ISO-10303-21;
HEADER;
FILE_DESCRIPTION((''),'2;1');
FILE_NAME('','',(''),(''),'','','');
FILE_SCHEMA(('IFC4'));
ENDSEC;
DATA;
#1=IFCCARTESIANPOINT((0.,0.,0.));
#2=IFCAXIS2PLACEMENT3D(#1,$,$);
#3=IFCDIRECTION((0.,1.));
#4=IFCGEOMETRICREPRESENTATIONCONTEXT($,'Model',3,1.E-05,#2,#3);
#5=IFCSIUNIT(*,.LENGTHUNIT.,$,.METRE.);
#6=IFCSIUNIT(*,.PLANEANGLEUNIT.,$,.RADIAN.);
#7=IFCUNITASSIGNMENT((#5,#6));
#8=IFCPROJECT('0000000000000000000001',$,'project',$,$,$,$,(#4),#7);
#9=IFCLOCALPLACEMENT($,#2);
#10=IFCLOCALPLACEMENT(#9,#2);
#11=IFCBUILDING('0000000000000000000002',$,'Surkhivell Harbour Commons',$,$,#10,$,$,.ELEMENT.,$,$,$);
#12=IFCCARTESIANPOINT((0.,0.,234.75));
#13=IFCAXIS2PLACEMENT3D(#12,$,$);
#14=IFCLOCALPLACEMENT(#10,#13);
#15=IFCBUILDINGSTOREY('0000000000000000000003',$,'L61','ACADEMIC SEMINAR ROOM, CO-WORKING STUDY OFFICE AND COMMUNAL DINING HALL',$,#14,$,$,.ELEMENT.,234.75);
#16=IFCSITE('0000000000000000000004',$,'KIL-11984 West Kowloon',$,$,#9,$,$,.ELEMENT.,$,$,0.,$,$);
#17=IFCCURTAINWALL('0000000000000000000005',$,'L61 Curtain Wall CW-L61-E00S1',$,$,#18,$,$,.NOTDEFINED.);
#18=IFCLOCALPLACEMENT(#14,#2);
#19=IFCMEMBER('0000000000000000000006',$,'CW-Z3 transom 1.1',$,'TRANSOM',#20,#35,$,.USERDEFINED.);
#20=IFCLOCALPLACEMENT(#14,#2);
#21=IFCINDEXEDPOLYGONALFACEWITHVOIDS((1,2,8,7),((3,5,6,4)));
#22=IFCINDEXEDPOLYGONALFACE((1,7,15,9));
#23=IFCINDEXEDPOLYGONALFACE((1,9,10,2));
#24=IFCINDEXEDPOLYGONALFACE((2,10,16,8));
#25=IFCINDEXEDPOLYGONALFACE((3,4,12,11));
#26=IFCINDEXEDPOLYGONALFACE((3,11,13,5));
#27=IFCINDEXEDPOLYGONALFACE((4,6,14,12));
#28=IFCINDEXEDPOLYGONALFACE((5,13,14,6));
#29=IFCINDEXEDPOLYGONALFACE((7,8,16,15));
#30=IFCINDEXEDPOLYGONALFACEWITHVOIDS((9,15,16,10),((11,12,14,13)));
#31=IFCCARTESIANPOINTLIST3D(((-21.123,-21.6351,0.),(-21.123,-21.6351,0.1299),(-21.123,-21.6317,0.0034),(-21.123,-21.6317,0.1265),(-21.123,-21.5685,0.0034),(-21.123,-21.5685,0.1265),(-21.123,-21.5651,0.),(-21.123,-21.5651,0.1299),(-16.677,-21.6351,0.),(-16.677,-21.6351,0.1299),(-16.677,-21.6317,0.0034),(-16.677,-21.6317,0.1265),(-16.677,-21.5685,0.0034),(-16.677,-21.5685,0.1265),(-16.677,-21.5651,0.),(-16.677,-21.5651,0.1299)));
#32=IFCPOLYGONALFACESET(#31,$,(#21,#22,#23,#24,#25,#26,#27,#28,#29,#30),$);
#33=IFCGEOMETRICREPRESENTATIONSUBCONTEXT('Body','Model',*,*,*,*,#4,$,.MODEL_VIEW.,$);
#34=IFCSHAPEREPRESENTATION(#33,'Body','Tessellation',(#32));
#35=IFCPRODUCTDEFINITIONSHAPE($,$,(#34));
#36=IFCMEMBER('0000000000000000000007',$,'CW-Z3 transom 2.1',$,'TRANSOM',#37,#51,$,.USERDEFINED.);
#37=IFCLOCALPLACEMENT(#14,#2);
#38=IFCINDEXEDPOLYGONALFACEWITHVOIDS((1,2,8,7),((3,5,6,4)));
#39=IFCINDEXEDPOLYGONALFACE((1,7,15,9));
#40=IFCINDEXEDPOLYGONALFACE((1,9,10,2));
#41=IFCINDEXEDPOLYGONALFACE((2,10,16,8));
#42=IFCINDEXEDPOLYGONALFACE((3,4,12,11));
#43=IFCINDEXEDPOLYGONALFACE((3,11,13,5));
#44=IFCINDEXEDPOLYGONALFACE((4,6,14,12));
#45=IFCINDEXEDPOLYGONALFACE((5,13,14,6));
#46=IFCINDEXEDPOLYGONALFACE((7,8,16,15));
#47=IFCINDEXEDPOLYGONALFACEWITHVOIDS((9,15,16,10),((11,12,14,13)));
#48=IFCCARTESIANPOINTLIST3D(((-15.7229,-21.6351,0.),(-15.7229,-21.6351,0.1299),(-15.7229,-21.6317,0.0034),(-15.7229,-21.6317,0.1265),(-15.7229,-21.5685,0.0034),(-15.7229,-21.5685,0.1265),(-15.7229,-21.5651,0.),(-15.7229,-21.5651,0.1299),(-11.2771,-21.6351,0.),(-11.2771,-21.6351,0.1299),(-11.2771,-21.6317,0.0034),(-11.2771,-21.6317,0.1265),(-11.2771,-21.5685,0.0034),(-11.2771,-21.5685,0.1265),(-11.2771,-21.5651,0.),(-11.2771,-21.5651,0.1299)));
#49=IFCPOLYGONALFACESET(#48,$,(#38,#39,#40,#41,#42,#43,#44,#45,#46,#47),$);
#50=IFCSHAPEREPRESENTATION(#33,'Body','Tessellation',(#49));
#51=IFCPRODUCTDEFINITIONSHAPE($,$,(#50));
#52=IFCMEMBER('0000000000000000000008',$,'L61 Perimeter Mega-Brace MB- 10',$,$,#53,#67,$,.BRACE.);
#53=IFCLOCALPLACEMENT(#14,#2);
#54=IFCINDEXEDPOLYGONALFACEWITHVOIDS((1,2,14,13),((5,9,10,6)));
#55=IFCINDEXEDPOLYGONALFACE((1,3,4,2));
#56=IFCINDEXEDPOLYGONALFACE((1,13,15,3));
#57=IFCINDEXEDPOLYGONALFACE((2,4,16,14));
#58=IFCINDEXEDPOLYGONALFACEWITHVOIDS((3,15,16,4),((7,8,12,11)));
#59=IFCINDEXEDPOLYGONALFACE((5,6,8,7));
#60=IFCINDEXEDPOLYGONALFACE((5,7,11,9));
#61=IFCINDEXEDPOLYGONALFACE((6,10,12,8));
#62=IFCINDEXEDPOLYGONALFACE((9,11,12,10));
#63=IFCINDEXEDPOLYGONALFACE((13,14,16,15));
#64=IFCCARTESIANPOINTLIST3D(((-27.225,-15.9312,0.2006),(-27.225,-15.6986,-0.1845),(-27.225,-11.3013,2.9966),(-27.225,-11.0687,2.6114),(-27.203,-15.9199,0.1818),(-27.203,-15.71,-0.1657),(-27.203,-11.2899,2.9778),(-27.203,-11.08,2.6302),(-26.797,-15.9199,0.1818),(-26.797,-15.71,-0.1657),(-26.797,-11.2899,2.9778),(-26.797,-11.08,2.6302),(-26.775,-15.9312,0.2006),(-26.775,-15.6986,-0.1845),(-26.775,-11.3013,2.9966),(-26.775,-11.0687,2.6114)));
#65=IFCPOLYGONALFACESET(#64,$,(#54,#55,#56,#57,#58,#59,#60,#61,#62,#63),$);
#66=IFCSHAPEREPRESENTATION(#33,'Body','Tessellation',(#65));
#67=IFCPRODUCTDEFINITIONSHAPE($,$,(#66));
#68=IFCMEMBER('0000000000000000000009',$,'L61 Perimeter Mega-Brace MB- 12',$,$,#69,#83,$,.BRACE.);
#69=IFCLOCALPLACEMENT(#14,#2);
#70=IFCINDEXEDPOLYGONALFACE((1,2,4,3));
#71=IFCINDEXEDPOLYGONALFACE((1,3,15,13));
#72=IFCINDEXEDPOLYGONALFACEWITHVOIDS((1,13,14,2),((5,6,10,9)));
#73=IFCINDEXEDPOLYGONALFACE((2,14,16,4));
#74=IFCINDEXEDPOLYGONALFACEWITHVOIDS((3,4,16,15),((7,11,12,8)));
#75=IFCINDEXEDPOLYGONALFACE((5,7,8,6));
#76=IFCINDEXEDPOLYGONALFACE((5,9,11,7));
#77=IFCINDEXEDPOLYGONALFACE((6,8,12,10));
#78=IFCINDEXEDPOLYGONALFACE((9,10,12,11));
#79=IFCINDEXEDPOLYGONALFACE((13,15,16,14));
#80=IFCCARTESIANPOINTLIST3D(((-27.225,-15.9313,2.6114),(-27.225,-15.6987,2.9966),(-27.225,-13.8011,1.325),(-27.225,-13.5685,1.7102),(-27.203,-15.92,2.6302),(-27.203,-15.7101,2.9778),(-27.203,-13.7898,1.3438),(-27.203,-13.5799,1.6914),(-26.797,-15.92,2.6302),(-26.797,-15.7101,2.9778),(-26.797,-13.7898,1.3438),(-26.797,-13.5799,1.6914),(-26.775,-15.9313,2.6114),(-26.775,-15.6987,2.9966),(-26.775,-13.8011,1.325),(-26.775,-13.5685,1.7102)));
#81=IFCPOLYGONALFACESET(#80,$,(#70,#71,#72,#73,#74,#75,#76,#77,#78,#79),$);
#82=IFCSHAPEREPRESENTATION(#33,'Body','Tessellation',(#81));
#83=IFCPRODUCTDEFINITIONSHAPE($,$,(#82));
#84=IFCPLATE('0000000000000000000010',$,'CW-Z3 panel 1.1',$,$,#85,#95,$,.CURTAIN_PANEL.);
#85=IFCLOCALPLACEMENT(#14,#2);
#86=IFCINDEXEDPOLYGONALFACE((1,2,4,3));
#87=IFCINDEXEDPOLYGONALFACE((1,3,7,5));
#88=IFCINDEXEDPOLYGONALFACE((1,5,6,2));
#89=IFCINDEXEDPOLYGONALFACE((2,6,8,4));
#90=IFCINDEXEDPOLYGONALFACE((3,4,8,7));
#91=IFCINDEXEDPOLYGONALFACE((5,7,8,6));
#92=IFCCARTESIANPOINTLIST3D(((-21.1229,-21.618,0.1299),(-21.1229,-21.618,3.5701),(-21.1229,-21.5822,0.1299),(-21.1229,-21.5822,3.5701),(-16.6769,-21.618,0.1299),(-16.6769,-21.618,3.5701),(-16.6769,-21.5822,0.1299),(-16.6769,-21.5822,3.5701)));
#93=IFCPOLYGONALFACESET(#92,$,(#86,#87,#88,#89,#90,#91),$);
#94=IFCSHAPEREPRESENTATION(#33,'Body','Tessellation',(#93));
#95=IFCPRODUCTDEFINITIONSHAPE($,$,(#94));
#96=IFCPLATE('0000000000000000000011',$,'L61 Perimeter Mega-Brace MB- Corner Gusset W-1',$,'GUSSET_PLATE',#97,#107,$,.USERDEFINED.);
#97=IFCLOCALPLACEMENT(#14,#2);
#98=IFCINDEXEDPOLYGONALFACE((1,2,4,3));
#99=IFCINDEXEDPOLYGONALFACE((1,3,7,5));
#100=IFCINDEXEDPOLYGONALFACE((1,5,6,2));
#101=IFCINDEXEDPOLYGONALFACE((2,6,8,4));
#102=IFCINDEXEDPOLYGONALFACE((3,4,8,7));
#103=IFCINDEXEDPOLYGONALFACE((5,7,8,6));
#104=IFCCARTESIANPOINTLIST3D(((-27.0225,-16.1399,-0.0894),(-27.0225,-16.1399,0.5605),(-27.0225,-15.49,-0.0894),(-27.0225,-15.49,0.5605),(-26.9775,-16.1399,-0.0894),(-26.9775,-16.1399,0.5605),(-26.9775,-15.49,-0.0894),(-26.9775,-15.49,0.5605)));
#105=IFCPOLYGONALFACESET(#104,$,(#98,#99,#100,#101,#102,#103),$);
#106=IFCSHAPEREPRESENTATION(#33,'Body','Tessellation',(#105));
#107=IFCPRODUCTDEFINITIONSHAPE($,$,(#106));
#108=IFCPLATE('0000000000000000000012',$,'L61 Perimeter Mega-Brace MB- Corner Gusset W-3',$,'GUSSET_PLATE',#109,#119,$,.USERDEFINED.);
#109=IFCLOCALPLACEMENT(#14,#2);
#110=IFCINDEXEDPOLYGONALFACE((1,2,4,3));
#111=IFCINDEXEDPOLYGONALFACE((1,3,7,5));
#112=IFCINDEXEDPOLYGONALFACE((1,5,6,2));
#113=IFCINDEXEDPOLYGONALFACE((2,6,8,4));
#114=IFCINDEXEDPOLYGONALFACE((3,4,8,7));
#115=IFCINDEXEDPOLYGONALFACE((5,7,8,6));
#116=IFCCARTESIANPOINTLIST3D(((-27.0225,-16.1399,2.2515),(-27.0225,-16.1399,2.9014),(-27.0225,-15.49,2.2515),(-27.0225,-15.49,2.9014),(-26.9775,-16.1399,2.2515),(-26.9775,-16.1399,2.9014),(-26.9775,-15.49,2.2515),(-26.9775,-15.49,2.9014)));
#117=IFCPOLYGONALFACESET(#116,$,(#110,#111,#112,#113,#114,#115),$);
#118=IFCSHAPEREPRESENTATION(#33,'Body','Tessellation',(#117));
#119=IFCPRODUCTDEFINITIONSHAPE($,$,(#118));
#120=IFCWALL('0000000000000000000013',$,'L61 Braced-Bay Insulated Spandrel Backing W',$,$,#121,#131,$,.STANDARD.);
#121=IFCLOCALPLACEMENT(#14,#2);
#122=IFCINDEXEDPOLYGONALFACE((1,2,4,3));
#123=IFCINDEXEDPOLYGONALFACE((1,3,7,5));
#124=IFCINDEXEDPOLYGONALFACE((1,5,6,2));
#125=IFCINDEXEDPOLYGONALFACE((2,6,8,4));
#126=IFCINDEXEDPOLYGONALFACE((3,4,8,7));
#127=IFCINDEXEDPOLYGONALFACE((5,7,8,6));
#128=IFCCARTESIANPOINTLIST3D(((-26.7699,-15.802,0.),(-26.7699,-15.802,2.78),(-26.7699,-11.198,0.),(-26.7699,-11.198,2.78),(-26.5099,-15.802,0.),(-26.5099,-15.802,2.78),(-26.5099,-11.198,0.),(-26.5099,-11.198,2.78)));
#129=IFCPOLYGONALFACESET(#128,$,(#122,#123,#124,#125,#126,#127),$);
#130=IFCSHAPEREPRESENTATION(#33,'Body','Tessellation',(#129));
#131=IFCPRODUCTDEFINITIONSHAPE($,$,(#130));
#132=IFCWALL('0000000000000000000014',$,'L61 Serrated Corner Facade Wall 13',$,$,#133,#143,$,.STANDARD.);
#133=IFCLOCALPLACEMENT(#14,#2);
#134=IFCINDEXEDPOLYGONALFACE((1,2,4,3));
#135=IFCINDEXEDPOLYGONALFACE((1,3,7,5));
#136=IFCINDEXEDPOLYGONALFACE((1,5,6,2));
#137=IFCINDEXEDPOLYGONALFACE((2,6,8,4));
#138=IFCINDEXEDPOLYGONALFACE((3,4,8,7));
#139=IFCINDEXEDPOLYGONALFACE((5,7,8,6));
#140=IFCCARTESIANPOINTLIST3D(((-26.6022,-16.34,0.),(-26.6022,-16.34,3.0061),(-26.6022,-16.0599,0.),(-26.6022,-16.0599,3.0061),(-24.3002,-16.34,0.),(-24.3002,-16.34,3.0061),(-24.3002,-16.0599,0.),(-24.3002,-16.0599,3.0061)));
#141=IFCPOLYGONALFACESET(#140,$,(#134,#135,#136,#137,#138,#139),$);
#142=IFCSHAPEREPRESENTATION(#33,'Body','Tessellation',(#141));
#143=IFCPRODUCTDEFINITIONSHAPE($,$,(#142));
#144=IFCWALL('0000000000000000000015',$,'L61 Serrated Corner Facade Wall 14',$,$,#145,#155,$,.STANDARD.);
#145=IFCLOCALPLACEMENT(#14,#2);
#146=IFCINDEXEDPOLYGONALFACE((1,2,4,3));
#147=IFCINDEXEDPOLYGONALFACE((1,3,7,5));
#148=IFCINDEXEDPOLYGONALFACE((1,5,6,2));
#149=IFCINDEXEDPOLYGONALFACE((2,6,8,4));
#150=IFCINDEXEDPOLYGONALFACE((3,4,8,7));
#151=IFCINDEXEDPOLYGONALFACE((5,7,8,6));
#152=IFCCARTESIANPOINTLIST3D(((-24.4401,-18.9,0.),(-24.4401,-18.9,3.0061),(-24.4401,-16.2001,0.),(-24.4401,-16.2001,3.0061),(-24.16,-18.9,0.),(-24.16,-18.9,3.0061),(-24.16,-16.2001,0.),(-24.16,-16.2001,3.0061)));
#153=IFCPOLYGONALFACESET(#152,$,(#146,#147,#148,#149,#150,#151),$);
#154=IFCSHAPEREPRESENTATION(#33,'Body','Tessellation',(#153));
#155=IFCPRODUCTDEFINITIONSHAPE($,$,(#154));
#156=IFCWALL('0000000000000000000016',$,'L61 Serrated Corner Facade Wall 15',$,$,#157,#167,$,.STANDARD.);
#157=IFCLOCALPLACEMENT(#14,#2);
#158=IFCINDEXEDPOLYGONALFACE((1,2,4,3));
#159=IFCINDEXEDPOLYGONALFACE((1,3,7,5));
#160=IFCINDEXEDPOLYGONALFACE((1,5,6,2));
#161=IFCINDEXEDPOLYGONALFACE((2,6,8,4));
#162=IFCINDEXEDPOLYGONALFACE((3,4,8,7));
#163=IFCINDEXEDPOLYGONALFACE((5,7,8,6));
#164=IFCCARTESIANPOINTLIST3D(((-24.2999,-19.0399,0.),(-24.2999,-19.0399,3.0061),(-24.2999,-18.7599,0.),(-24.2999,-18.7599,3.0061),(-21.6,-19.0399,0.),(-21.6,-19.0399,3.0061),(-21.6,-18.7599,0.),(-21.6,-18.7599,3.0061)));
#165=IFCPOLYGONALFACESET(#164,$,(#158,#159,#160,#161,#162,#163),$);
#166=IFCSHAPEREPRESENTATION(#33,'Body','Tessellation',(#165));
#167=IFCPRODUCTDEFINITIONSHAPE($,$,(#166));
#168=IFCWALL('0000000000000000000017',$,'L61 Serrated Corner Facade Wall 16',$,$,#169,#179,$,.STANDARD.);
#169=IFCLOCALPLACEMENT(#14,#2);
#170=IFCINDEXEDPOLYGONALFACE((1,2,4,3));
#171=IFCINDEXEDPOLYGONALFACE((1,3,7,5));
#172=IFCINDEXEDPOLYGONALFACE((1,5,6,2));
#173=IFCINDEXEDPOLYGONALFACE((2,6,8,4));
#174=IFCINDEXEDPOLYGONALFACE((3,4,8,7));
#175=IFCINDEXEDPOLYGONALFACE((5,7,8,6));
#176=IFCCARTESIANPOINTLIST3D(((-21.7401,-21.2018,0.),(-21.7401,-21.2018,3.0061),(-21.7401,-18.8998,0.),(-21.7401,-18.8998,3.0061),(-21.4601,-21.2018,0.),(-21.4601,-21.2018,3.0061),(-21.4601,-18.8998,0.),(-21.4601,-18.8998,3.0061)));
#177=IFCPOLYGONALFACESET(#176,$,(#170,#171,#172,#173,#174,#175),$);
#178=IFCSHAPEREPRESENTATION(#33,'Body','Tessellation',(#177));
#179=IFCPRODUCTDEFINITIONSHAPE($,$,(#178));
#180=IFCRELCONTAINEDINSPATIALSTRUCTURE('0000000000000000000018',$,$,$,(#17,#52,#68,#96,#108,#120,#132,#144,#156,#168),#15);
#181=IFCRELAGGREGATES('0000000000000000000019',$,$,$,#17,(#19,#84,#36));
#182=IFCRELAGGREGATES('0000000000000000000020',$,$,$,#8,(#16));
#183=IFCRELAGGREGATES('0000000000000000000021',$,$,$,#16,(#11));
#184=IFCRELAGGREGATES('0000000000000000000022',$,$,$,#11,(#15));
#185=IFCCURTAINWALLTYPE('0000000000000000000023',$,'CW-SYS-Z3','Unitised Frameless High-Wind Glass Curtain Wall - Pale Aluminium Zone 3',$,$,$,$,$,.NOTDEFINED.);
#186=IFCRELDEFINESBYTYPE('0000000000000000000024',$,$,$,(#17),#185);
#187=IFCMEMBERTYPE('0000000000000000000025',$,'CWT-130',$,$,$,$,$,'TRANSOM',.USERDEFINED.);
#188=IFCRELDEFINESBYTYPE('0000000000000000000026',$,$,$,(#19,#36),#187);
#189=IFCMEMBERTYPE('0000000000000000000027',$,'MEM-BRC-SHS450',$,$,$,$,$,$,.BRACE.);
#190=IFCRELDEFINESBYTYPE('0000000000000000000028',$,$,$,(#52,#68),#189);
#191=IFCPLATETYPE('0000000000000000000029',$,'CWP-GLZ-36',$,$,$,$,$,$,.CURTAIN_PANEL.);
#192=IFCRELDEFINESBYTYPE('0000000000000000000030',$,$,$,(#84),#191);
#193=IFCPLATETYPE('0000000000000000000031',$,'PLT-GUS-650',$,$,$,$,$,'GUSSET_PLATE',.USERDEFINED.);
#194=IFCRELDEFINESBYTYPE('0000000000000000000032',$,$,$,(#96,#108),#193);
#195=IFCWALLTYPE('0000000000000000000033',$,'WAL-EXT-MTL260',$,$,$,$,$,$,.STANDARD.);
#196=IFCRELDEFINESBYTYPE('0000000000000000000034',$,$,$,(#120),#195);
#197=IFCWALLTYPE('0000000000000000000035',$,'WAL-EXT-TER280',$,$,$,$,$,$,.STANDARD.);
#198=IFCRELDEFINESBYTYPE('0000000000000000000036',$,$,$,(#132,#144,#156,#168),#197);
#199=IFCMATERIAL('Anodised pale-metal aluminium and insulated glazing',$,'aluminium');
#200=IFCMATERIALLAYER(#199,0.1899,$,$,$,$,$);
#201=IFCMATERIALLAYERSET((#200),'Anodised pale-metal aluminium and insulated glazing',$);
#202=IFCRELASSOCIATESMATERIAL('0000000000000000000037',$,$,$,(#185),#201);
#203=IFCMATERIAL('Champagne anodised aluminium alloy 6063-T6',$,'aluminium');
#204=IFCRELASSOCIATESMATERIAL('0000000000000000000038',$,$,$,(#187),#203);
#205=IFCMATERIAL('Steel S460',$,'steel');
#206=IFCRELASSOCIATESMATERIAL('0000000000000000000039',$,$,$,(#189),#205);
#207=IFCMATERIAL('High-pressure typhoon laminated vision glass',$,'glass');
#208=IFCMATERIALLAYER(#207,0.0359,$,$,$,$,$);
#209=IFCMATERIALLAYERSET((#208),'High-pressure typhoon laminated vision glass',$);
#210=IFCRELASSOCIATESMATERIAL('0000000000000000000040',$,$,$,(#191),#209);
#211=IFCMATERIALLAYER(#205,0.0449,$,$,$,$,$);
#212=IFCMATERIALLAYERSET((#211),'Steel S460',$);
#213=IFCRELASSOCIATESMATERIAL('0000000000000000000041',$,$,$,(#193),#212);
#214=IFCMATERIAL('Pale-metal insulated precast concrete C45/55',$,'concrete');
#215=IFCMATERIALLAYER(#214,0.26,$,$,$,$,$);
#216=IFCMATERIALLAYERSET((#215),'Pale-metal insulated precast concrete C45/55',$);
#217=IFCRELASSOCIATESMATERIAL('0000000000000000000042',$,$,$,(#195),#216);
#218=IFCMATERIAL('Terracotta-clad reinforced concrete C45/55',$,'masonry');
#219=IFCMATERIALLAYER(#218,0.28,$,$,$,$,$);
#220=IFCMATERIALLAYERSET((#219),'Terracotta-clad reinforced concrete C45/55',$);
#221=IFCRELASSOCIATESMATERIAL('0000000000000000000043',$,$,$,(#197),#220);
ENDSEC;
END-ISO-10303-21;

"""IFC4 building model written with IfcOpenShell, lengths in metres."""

from ifc_helpers import new_model, si_unit, direction, frame, frame_2d, origin, origin_2d, place, context, subcontext, project, spatial, rectangle, hollow_rectangle, extrude, material, layer, layer_set, material_profile, profile_set, type_object, element, aggregate, save


model = new_model("IFC4")

# Units and contexts
model_context = context("Model", 3, precision=1e-05, world=origin(), true_north=direction((0.0, 1.0)))
body_context = subcontext(model_context, "Body", "Model", "MODEL_VIEW")
ifc_project = project(units=[si_unit("LENGTHUNIT", "METRE"), si_unit("PLANEANGLEUNIT", "RADIAN")], contexts=[model_context])

# Site, building, storey
site_placement = place(None, origin())
site = spatial("IfcSite", under=ifc_project, at=site_placement, Name="KIL-11984 West Kowloon", CompositionType="ELEMENT", RefElevation=0.0)
building_placement = place(site_placement, origin())
building = spatial("IfcBuilding", under=site, at=building_placement, Name="Surkhivell Harbour Commons", CompositionType="ELEMENT")
storey_placement = place(building_placement, frame((0.0, 0.0, 234.75)))
storey = spatial("IfcBuildingStorey", under=building, at=storey_placement, Name="L61", Description="ACADEMIC SEMINAR ROOM, CO-WORKING STUDY OFFICE AND COMMUNAL DINING HALL", CompositionType="ELEMENT", Elevation=234.75)

# Curtain wall, members
ifc_material_1 = material(Name="Anodised pale-metal aluminium and insulated glazing", Category="aluminium")
ifc_layer_1 = layer(ifc_material_1, 0.1899)
ifc_layer_set_1 = layer_set([ifc_layer_1], Name="Anodised pale-metal aluminium and insulated glazing")
curtain_wall_type = type_object("IfcCurtainWallType", Name="CW-SYS-Z3", Description="Unitised Frameless High-Wind Glass Curtain Wall - Pale Aluminium Zone 3", PredefinedType="NOTDEFINED", material=ifc_layer_set_1)
curtain_wall_placement = place(storey_placement, origin())
curtain_wall = element("IfcCurtainWall", 1, at=curtain_wall_placement, inside=storey, type_object=curtain_wall_type, Name="L61 Curtain Wall CW-L61-E00S1", PredefinedType="NOTDEFINED")
ifc_material_2 = material(Name="Champagne anodised aluminium alloy 6063-T6", Category="aluminium")
ifc_material_profile_1 = material_profile(ifc_material_2, hollow_rectangle(XDim=0.0701, YDim=0.1299, WallThickness=0.0034, at=origin_2d()), Name="ALU-TRAN-70x130")
ifc_profile_set_1 = profile_set([ifc_material_profile_1], Name="Champagne anodised aluminium alloy 6063-T6")
member_type_1 = type_object("IfcMemberType", Name="CWT-130", ElementType="TRANSOM", PredefinedType="USERDEFINED", material=ifc_profile_set_1)
member_1_placement = place(storey_placement, frame((-21.123, -21.6001, 0.0649), z_axis=(1.0, 0.0, 0.0), x_axis=(0.0, 1.0, 0.0)))
member_1 = element("IfcMember", 2, at=member_1_placement, type_object=member_type_1, Name="CW-Z3 transom 1.1", ObjectType="TRANSOM", PredefinedType="USERDEFINED", context=body_context, shape_type="SweptSolid", body=[
    extrude(hollow_rectangle(XDim=0.0701, YDim=0.1299, WallThickness=0.0034, at=origin_2d()), origin(), (0.0, 0.0, 1.0), 4.446),
])
member_2_placement = place(storey_placement, frame((-15.7229, -21.6001, 0.0649), z_axis=(1.0, 0.0, 0.0), x_axis=(0.0, 1.0, 0.0)))
member_2 = element("IfcMember", 3, at=member_2_placement, type_object=member_type_1, Name="CW-Z3 transom 2.1", ObjectType="TRANSOM", PredefinedType="USERDEFINED", context=body_context, shape_type="SweptSolid", body=[
    extrude(hollow_rectangle(XDim=0.0701, YDim=0.1299, WallThickness=0.0034, at=origin_2d()), origin(), (0.0, 0.0, 1.0), 4.4458),
])

# Members
ifc_material_3 = material(Name="Steel S460", Category="steel")
ifc_material_profile_2 = material_profile(ifc_material_3, hollow_rectangle(XDim=0.45, YDim=0.45, WallThickness=0.022, at=origin_2d()), Name="SHS450x450x22")
ifc_profile_set_2 = profile_set([ifc_material_profile_2], Name="Steel S460")
member_type_2 = type_object("IfcMemberType", Name="MEM-BRC-SHS450", PredefinedType="BRACE", material=ifc_profile_set_2)
member_3_placement = place(storey_placement, frame((-27.0, -15.8149, 0.0081), z_axis=(0.0, 0.856024, 0.516937), x_axis=(-1.0, 0.0, 0.0)))
element("IfcMember", 4, at=member_3_placement, inside=storey, type_object=member_type_2, Name="L61 Perimeter Mega-Brace MB- 10", PredefinedType="BRACE", context=body_context, shape_type="SweptSolid", body=[
    extrude(hollow_rectangle(XDim=0.45, YDim=0.45, WallThickness=0.022, at=origin_2d()), origin(), (0.0, 0.0, 1.0), 5.4087),
])
member_4_placement = place(storey_placement, frame((-27.0, -13.6848, 1.5176), z_axis=(0.0, -0.856018, 0.516946), x_axis=(1.0, 0.0, 0.0)))
element("IfcMember", 5, at=member_4_placement, inside=storey, type_object=member_type_2, Name="L61 Perimeter Mega-Brace MB- 12", PredefinedType="BRACE", context=body_context, shape_type="SweptSolid", body=[
    extrude(hollow_rectangle(XDim=0.45, YDim=0.45, WallThickness=0.022, at=origin_2d()), origin(), (0.0, 0.0, 1.0), 2.4885),
])

# Plate
ifc_material_4 = material(Name="High-pressure typhoon laminated vision glass", Category="glass")
ifc_layer_2 = layer(ifc_material_4, 0.0359)
ifc_layer_set_2 = layer_set([ifc_layer_2], Name="High-pressure typhoon laminated vision glass")
plate_type_1 = type_object("IfcPlateType", Name="CWP-GLZ-36", PredefinedType="CURTAIN_PANEL", material=ifc_layer_set_2)
plate_placement = place(storey_placement, frame((-21.123, -21.6001, 0.1299), z_axis=(0.0, 0.0, 1.0), x_axis=(1.0, 0.0, 0.0)))
plate = element("IfcPlate", 6, at=plate_placement, type_object=plate_type_1, Name="CW-Z3 panel 1.1", PredefinedType="CURTAIN_PANEL", context=body_context, shape_type="SweptSolid", body=[
    extrude(rectangle(XDim=4.446, YDim=0.0359, at=frame_2d((2.2231, 0.0))), origin(), (0.0, 0.0, 1.0), 3.4402),
])
aggregate(curtain_wall, [member_1, plate, member_2])

# Plates
ifc_layer_3 = layer(ifc_material_3, 0.0449)
ifc_layer_set_3 = layer_set([ifc_layer_3], Name="Steel S460")
plate_type_2 = type_object("IfcPlateType", Name="PLT-GUS-650", ElementType="GUSSET_PLATE", PredefinedType="USERDEFINED", material=ifc_layer_set_3)
for number, where, z_axis, x_axis, name in (
    (7, (-27.0, -15.8149, -0.0894), (0.0, 0.0, 1.0), (0.0, 1.0, 0.0), "L61 Perimeter Mega-Brace MB- Corner Gusset W-1"),
    (8, (-27.0, -15.8149, 2.2515), (0.0, 0.0, 1.0), (0.0, 1.0, 0.0), "L61 Perimeter Mega-Brace MB- Corner Gusset W-3"),
):
    element("IfcPlate", number, at=place(storey_placement, frame(where, z_axis=z_axis, x_axis=x_axis)), inside=storey, type_object=plate_type_2, Name=name, ObjectType="GUSSET_PLATE", PredefinedType="USERDEFINED", context=body_context, shape_type="SweptSolid", body=[
        extrude(rectangle(XDim=0.6499, YDim=0.0449, at=origin_2d()), origin(), (0.0, 0.0, 1.0), 0.6499),
    ])

# Walls
ifc_material_5 = material(Name="Pale-metal insulated precast concrete C45/55", Category="concrete")
ifc_layer_4 = layer(ifc_material_5, 0.26)
ifc_layer_set_4 = layer_set([ifc_layer_4], Name="Pale-metal insulated precast concrete C45/55")
wall_type_1 = type_object("IfcWallType", Name="WAL-EXT-MTL260", PredefinedType="STANDARD", material=ifc_layer_set_4)
wall_1_placement = place(storey_placement, frame((-26.6399, -15.802, 0.0), z_axis=(0.0, 0.0, 1.0), x_axis=(0.0, 1.0, 0.0)))
element("IfcWall", 9, at=wall_1_placement, inside=storey, type_object=wall_type_1, Name="L61 Braced-Bay Insulated Spandrel Backing W", PredefinedType="STANDARD", context=body_context, shape_type="SweptSolid", body=[
    extrude(rectangle(XDim=4.604, YDim=0.26, at=frame_2d((2.302, 0.0))), origin(), (0.0, 0.0, 1.0), 2.78),
])
ifc_material_6 = material(Name="Terracotta-clad reinforced concrete C45/55", Category="masonry")
ifc_layer_5 = layer(ifc_material_6, 0.28)
ifc_layer_set_5 = layer_set([ifc_layer_5], Name="Terracotta-clad reinforced concrete C45/55")
wall_type_2 = type_object("IfcWallType", Name="WAL-EXT-TER280", PredefinedType="STANDARD", material=ifc_layer_set_5)
wall_2_placement = place(storey_placement, frame((-26.6021, -16.2, 0.0), z_axis=(0.0, 0.0, 1.0), x_axis=(1.0, 0.0, 0.0)))
element("IfcWall", 10, at=wall_2_placement, inside=storey, type_object=wall_type_2, Name="L61 Serrated Corner Facade Wall 13", PredefinedType="STANDARD", context=body_context, shape_type="SweptSolid", body=[
    extrude(rectangle(XDim=2.302, YDim=0.28, at=frame_2d((1.1509, 0.0))), origin(), (0.0, 0.0, 1.0), 3.0061),
])
for number, where, z_axis, x_axis, name in (
    (11, (-24.3, -16.2, 0.0), (0.0, 0.0, 1.0), (0.0, -1.0, 0.0), "L61 Serrated Corner Facade Wall 14"),
    (12, (-24.3, -18.8999, 0.0), (0.0, 0.0, 1.0), (1.0, 0.0, 0.0), "L61 Serrated Corner Facade Wall 15"),
):
    element("IfcWall", number, at=place(storey_placement, frame(where, z_axis=z_axis, x_axis=x_axis)), inside=storey, type_object=wall_type_2, Name=name, PredefinedType="STANDARD", context=body_context, shape_type="SweptSolid", body=[
        extrude(rectangle(XDim=2.7, YDim=0.28, at=frame_2d((1.3501, 0.0))), origin(), (0.0, 0.0, 1.0), 3.0061),
    ])
wall_3_placement = place(storey_placement, frame((-21.6001, -18.8999, 0.0), z_axis=(0.0, 0.0, 1.0), x_axis=(0.0, -1.0, 0.0)))
element("IfcWall", 13, at=wall_3_placement, inside=storey, type_object=wall_type_2, Name="L61 Serrated Corner Facade Wall 16", PredefinedType="STANDARD", context=body_context, shape_type="SweptSolid", body=[
    extrude(rectangle(XDim=2.302, YDim=0.28, at=frame_2d((1.1509, 0.0))), origin(), (0.0, 0.0, 1.0), 3.0061),
])

save(model, "model.ifc")
